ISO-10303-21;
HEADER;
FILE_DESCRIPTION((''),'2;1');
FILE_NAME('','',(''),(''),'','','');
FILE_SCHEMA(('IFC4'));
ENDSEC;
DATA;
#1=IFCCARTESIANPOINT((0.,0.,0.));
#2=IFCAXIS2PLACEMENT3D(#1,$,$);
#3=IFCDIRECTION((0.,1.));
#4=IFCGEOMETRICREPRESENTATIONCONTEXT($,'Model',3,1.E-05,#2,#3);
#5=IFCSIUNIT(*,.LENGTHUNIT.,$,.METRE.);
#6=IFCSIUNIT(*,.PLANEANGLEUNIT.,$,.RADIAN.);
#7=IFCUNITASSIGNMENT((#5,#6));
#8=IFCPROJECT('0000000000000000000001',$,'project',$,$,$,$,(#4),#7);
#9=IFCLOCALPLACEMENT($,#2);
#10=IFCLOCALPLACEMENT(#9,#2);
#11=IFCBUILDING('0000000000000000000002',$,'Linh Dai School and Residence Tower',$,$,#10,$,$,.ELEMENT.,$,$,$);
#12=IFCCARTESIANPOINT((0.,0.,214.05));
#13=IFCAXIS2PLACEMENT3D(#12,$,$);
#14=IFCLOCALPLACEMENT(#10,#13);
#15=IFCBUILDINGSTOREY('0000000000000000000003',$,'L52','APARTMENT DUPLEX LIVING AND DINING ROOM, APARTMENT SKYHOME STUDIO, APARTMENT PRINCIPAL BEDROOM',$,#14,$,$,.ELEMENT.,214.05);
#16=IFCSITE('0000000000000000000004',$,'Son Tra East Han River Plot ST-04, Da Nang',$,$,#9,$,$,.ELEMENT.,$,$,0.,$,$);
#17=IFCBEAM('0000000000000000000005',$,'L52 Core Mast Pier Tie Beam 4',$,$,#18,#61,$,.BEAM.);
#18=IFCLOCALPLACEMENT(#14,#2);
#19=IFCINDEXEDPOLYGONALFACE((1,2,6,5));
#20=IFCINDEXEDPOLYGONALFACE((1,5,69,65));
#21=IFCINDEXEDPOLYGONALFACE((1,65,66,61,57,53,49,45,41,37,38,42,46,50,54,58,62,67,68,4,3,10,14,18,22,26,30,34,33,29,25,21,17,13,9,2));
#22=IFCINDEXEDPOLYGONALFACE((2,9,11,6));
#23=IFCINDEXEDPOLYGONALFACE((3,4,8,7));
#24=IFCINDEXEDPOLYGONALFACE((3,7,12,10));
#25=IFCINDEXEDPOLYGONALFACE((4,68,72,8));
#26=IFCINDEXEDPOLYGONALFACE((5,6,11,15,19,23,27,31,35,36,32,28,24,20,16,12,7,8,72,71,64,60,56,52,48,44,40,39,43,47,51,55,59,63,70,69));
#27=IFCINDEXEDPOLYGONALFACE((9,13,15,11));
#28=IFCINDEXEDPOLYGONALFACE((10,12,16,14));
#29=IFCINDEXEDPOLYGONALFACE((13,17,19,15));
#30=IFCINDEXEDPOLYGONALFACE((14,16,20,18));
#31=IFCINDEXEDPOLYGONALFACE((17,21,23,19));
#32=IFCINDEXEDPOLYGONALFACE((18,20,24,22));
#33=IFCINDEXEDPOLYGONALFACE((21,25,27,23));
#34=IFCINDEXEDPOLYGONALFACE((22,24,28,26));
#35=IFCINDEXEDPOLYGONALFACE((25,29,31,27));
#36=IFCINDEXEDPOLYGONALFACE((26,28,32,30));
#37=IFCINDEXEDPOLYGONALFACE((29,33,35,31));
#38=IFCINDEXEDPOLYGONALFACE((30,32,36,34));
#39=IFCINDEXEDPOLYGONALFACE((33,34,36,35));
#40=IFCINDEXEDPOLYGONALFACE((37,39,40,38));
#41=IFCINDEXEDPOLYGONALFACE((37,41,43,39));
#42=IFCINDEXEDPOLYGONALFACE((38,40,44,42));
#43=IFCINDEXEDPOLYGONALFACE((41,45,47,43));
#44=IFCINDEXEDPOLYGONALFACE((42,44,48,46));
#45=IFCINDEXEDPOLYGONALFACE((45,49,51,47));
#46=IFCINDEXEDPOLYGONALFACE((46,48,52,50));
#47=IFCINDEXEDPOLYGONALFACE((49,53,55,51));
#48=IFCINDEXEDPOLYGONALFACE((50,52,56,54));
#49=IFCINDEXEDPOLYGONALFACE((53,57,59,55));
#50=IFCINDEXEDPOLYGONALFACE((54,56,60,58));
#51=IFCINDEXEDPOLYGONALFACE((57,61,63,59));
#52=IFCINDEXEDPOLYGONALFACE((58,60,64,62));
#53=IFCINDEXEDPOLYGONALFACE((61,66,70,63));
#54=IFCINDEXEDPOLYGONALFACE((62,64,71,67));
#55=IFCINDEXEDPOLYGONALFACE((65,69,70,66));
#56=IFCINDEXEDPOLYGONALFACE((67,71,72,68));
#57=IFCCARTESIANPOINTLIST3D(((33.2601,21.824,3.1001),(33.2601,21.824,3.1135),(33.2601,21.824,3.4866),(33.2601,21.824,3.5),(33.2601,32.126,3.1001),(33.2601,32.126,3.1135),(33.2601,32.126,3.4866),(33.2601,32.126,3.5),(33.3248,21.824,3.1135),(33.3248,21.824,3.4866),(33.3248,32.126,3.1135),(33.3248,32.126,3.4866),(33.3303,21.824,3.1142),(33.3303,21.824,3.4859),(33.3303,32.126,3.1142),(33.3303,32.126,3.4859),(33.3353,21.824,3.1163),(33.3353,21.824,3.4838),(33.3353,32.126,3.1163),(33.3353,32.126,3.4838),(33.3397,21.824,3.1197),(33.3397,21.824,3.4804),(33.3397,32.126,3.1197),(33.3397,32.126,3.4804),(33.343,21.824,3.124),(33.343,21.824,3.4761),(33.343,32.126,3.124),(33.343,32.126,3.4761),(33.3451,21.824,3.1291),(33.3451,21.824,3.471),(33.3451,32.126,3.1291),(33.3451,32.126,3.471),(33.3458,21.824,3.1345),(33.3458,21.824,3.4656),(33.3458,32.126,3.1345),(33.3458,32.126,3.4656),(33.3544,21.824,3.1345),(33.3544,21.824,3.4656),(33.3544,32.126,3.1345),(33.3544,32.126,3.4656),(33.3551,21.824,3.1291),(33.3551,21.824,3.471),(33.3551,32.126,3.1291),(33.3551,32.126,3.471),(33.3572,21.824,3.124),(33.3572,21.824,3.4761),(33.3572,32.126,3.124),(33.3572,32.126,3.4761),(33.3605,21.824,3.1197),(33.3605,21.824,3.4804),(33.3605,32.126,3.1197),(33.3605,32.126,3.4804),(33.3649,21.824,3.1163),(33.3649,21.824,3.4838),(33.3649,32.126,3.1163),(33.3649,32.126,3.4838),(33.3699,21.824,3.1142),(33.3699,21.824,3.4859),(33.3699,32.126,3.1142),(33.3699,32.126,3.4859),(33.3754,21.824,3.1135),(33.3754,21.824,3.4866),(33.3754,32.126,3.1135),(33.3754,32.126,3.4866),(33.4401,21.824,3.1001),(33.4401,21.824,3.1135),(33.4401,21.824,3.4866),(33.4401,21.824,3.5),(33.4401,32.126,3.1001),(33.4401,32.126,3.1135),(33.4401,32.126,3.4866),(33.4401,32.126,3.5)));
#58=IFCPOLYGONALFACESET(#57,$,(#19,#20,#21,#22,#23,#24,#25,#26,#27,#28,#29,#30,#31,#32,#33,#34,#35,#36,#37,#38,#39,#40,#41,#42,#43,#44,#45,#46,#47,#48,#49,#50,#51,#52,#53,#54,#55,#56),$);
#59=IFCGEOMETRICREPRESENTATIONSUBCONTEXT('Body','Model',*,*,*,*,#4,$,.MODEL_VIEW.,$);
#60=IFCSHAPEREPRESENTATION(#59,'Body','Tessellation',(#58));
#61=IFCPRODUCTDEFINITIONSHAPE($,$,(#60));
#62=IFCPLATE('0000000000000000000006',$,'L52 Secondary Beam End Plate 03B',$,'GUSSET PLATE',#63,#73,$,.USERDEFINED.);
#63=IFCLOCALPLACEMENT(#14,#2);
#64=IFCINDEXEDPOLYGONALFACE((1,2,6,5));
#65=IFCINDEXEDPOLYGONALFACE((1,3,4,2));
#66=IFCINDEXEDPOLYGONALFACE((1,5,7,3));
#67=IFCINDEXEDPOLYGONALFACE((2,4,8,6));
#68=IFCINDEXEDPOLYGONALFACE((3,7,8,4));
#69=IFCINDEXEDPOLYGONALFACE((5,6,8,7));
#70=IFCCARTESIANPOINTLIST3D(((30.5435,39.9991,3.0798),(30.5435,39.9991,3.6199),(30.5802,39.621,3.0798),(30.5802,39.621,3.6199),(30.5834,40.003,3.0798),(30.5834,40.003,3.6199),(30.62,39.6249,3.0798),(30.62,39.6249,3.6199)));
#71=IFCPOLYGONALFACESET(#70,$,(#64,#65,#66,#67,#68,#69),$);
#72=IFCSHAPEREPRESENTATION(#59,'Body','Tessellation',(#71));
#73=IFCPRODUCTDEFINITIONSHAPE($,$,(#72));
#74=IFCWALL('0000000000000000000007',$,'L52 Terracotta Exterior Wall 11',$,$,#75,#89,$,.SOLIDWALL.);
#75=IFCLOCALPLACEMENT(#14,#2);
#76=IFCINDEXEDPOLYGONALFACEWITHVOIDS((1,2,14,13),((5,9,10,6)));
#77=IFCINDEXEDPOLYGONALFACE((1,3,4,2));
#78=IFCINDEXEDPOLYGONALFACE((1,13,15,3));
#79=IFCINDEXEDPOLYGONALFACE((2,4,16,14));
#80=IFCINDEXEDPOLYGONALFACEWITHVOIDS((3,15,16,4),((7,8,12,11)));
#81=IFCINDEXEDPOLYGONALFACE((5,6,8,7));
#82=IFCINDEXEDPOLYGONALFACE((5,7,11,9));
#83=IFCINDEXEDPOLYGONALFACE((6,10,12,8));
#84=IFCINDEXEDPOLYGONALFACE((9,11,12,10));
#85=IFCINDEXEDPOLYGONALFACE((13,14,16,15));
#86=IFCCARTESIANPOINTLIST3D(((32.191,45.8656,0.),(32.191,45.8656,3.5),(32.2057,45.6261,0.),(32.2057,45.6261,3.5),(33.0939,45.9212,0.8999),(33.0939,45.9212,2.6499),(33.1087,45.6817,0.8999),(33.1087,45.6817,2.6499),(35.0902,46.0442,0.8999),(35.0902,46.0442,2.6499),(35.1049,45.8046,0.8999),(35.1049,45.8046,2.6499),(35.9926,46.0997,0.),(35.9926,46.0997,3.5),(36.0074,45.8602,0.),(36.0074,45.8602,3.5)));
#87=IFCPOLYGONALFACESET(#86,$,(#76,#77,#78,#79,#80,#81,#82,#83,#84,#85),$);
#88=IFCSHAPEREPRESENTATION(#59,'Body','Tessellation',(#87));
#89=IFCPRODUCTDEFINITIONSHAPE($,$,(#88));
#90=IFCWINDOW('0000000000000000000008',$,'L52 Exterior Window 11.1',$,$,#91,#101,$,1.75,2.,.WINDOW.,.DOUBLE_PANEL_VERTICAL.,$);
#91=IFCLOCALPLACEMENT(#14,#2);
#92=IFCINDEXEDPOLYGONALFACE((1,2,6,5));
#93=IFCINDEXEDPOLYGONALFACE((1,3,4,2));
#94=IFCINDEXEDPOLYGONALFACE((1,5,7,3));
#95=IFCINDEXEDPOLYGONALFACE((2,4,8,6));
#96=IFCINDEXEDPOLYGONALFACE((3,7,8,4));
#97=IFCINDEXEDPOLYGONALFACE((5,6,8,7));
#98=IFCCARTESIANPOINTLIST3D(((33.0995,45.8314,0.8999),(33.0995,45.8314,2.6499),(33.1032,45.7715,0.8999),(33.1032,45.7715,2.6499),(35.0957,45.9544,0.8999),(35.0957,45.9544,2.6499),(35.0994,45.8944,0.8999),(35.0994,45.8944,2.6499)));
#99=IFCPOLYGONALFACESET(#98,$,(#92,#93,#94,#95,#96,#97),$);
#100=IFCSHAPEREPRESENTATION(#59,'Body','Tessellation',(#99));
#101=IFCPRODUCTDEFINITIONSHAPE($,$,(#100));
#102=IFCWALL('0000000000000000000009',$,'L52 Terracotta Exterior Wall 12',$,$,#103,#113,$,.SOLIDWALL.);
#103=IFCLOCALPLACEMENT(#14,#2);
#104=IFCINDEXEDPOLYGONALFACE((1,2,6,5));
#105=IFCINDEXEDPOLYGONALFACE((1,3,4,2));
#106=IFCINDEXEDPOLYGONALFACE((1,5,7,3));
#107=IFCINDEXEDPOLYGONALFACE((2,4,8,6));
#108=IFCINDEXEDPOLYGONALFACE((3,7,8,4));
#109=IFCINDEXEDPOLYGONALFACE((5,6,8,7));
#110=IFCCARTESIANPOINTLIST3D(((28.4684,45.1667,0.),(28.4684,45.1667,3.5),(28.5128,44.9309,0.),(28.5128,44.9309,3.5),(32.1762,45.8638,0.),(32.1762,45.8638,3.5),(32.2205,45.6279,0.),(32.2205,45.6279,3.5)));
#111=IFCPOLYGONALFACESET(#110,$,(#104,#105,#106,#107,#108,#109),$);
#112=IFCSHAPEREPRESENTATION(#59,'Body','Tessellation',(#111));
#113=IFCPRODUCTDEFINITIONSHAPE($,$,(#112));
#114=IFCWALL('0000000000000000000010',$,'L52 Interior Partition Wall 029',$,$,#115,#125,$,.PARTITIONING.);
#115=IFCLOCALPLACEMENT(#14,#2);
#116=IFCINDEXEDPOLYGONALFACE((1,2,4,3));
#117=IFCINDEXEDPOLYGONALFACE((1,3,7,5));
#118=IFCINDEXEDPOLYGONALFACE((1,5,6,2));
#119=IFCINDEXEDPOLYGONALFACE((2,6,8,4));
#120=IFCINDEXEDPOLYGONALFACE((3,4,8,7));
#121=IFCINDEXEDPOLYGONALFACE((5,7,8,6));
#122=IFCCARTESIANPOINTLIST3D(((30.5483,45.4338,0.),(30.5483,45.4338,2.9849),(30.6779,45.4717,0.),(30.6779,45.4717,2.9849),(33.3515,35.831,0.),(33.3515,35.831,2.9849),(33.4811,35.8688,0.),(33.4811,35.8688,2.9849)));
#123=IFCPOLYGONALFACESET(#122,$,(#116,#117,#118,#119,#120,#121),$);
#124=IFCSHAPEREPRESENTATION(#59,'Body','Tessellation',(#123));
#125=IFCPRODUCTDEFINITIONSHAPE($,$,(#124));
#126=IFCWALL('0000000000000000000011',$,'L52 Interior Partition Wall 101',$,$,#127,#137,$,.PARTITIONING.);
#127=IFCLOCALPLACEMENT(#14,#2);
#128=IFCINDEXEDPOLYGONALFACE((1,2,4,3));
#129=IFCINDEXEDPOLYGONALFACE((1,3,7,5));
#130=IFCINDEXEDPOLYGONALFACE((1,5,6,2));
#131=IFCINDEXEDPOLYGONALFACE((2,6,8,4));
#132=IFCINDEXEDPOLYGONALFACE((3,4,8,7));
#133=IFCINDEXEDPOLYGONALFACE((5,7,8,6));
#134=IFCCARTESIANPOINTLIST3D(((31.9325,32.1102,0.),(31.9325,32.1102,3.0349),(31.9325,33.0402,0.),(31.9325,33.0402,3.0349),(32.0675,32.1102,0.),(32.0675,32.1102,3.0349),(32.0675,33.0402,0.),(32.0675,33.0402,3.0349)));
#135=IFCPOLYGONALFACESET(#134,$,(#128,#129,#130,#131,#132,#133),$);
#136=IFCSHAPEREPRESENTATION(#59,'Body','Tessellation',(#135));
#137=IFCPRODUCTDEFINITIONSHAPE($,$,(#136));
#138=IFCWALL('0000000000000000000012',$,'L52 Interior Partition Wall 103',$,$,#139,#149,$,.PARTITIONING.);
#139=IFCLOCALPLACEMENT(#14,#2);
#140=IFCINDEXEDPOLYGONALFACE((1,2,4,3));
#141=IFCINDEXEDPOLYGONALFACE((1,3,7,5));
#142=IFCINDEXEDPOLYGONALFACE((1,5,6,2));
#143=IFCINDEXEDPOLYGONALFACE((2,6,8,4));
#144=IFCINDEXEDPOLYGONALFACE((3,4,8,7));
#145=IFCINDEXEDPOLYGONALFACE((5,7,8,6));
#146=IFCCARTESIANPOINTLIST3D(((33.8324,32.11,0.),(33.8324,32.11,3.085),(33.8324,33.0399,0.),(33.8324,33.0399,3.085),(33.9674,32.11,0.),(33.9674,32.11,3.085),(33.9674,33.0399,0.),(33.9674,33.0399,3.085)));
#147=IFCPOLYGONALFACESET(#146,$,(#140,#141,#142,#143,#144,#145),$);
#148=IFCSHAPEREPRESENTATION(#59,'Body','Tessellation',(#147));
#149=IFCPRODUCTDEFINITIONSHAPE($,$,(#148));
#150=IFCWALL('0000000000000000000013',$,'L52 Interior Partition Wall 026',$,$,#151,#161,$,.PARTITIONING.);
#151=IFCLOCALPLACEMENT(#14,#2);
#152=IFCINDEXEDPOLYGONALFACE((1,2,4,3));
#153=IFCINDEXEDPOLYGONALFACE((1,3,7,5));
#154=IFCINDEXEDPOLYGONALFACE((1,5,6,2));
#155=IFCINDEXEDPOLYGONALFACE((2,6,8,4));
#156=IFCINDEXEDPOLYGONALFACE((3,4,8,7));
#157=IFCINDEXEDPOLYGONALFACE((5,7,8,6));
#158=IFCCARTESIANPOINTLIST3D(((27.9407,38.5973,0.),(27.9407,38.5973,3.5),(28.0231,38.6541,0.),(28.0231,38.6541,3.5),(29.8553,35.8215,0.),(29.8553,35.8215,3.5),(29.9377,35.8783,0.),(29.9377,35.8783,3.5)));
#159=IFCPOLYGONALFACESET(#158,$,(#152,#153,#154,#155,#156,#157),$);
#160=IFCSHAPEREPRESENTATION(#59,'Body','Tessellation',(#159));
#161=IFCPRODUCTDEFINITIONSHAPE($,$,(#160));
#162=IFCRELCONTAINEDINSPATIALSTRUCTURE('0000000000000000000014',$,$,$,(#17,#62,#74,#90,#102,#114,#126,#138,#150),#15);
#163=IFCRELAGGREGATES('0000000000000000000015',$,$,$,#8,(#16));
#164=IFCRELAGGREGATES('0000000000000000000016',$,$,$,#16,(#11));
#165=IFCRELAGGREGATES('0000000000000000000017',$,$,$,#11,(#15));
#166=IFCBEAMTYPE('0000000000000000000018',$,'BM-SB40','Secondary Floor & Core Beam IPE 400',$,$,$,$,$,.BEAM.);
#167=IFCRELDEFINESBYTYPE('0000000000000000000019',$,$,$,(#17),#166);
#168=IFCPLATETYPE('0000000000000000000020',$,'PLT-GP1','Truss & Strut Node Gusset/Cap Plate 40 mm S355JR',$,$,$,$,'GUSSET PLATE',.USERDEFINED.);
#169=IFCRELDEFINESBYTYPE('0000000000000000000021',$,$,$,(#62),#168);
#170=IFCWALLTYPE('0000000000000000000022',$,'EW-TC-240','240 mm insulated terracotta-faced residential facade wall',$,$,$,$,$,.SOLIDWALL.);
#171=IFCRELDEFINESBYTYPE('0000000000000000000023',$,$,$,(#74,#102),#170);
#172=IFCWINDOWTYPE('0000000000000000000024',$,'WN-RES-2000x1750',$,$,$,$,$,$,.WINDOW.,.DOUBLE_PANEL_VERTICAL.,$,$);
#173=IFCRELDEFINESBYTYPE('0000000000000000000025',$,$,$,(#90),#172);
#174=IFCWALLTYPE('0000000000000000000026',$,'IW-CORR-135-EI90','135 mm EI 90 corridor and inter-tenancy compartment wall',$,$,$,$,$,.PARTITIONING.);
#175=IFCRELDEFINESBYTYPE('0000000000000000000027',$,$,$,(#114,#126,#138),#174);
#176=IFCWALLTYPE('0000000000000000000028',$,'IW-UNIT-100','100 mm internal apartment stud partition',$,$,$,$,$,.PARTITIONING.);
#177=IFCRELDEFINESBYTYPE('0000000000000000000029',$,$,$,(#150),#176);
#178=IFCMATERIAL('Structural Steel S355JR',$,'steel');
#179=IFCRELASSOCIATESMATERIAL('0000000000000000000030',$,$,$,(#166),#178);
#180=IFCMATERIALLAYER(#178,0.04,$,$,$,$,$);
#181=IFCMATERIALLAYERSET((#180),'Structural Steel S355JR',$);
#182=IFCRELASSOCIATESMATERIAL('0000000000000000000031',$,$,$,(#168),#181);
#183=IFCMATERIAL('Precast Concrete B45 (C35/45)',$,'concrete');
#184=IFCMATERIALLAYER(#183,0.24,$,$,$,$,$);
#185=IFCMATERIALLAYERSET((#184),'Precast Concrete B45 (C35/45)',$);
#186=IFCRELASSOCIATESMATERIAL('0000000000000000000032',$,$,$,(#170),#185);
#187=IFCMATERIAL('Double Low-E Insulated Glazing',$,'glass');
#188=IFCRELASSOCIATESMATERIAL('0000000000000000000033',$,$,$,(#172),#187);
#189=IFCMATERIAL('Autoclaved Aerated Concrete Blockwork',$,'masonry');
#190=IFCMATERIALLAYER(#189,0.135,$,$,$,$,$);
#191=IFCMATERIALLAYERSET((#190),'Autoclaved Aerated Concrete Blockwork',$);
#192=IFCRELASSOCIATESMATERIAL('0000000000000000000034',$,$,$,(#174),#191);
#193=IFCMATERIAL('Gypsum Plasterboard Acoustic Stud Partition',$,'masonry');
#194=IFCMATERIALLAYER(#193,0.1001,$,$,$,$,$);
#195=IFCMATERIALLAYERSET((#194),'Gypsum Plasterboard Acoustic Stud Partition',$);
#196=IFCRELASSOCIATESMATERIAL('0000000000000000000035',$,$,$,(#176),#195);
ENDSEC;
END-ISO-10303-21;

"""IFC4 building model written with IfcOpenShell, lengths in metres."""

from ifc_helpers import new_model, si_unit, direction, frame, frame_2d, origin, origin_2d, place, context, subcontext, project, spatial, rectangle, i_section, extrude, source, transform, mapped, material, layer, layer_set, material_profile, profile_set, type_object, element, fill, save


model = new_model("IFC4")

# Units and contexts
model_context = context("Model", 3, precision=1e-05, world=origin(), true_north=direction((0.0, 1.0)))
body_context = subcontext(model_context, "Body", "Model", "MODEL_VIEW")
ifc_project = project(units=[si_unit("LENGTHUNIT", "METRE"), si_unit("PLANEANGLEUNIT", "RADIAN")], contexts=[model_context])

# Site, building, storey
site_placement = place(None, origin())
site = spatial("IfcSite", under=ifc_project, at=site_placement, Name="Son Tra East Han River Plot ST-04, Da Nang", CompositionType="ELEMENT", RefElevation=0.0)
building_placement = place(site_placement, origin())
building = spatial("IfcBuilding", under=site, at=building_placement, Name="Linh Dai School and Residence Tower", CompositionType="ELEMENT")
storey_placement = place(building_placement, frame((0.0, 0.0, 214.05)))
storey = spatial("IfcBuildingStorey", under=building, at=storey_placement, Name="L52", Description="APARTMENT DUPLEX LIVING AND DINING ROOM, APARTMENT SKYHOME STUDIO, APARTMENT PRINCIPAL BEDROOM", CompositionType="ELEMENT", Elevation=214.05)

# Shared definitions
ifc_material_1 = material(Name="Structural Steel S355JR", Category="steel")

# Beam
ifc_material_profile_1 = material_profile(ifc_material_1, i_section(OverallWidth=0.1799, OverallDepth=0.3999, WebThickness=0.0085, FlangeThickness=0.0134, FilletRadius=0.021, at=origin_2d()), Name="IPE 400")
ifc_profile_set_1 = profile_set([ifc_material_profile_1], Name="Structural Steel S355JR")
beam_type_1 = type_object("IfcBeamType", Name="BM-SB40", Description="Secondary Floor & Core Beam IPE 400", PredefinedType="BEAM", material=ifc_profile_set_1)
beam_1_placement = place(storey_placement, frame((33.3501, 32.126, 3.3), z_axis=(0.0, -1.0, 0.0), x_axis=(1.0, 0.0, 0.0)))
element("IfcBeam", 1, at=beam_1_placement, inside=storey, type_object=beam_type_1, Name="L52 Core Mast Pier Tie Beam 4", PredefinedType="BEAM", context=body_context, shape_type="SweptSolid", body=[
    extrude(i_section(OverallWidth=0.1799, OverallDepth=0.3999, WebThickness=0.0085, FlangeThickness=0.0134, FilletRadius=0.021, at=origin_2d()), origin(), (0.0, 0.0, 1.0), 10.302),
])

# Plate
ifc_layer_1 = layer(ifc_material_1, 0.04)
ifc_layer_set_1 = layer_set([ifc_layer_1], Name="Structural Steel S355JR")
plate_type = type_object("IfcPlateType", Name="PLT-GP1", Description="Truss & Strut Node Gusset/Cap Plate 40 mm S355JR", ElementType="GUSSET PLATE", PredefinedType="USERDEFINED", material=ifc_layer_set_1)
shared_shape_1 = source(origin(), body_context, "Body", "SweptSolid", [
    extrude(rectangle(XDim=0.04, YDim=0.3799, at=origin_2d()), origin(), (0.0, 0.0, 1.0), 0.54),
])
plate_placement = place(storey_placement, frame((30.5818, 39.812, 3.0798), z_axis=(0.0, 0.0, 1.0), x_axis=(-0.995333, -0.096497, 0.0)))
element("IfcPlate", 2, at=plate_placement, inside=storey, type_object=plate_type, Name="L52 Secondary Beam End Plate 03B", ObjectType="GUSSET PLATE", PredefinedType="USERDEFINED", context=body_context, shape_type="MappedRepresentation", body=[
    mapped(shared_shape_1, transform((0.0, 0.0, 0.0), x_axis=(1.0, 0.0, 0.0), y_axis=(0.0, 1.0, 0.0), z_axis=(0.0, 0.0, 1.0), scale=1.0)),
])

# Wall, opening, window
ifc_material_2 = material(Name="Precast Concrete B45 (C35/45)", Category="concrete")
ifc_layer_2 = layer(ifc_material_2, 0.24)
ifc_layer_set_2 = layer_set([ifc_layer_2], Name="Precast Concrete B45 (C35/45)")
wall_type_1 = type_object("IfcWallType", Name="EW-TC-240", Description="240 mm insulated terracotta-faced residential facade wall", PredefinedType="SOLIDWALL", material=ifc_layer_set_2)
wall_1_placement = place(storey_placement, frame((32.1985, 45.7458, 0.0), z_axis=(0.0, 0.0, 1.0), x_axis=(0.998109, 0.061472, 0.0)))
wall_1 = element("IfcWall", 3, at=wall_1_placement, inside=storey, type_object=wall_type_1, Name="L52 Terracotta Exterior Wall 11", PredefinedType="SOLIDWALL", context=body_context, shape_type="SweptSolid", body=[
    extrude(rectangle(XDim=3.8088, YDim=0.24, at=frame_2d((1.9043, 0.0))), origin(), (0.0, 0.0, 1.0), 3.5),
])
opening_1_placement = place(wall_1_placement, frame((0.9045, 0.0, 0.8999)))
opening_1 = element("IfcOpeningElement", 4, at=opening_1_placement, cuts=wall_1, PredefinedType="OPENING", context=body_context, shape_type="SweptSolid", body=[
    extrude(rectangle(XDim=2.0, YDim=1.75, at=origin_2d()), frame((1.0, 0.1299, 0.875), z_axis=(0.0, -1.0, 0.0), x_axis=(1.0, 0.0, 0.0)), (0.0, 0.0, 1.0), 0.26),
])
ifc_material_3 = material(Name="Double Low-E Insulated Glazing", Category="glass")
window_type = type_object("IfcWindowType", Name="WN-RES-2000x1750", PartitioningType="DOUBLE_PANEL_VERTICAL", PredefinedType="WINDOW", material=ifc_material_3)
shared_shape_2 = source(origin(), body_context, "Body", "SweptSolid", [
    extrude(rectangle(XDim=2.0, YDim=1.75, at=origin_2d()), frame((1.0, 0.03, 0.875), z_axis=(0.0, -1.0, 0.0), x_axis=(1.0, 0.0, 0.0)), (0.0, 0.0, 1.0), 0.0601),
])
window_placement = place(opening_1_placement, origin())
window = element("IfcWindow", 5, at=window_placement, inside=storey, type_object=window_type, Name="L52 Exterior Window 11.1", OverallHeight=1.75, OverallWidth=2.0, PartitioningType="DOUBLE_PANEL_VERTICAL", PredefinedType="WINDOW", context=body_context, shape_type="MappedRepresentation", body=[
    mapped(shared_shape_2, transform((0.0, 0.0, 0.0), x_axis=(1.0, 0.0, 0.0), y_axis=(0.0, 1.0, 0.0), z_axis=(0.0, 0.0, 1.0), scale=1.0)),
])
fill(opening_1, window)

# Walls
wall_2_placement = place(storey_placement, frame((28.4907, 45.0488, 0.0), z_axis=(0.0, 0.0, 1.0), x_axis=(0.982785, 0.184753, 0.0)))
element("IfcWall", 6, at=wall_2_placement, inside=storey, type_object=wall_type_1, Name="L52 Terracotta Exterior Wall 12", PredefinedType="SOLIDWALL", context=body_context, shape_type="SweptSolid", body=[
    extrude(rectangle(XDim=3.7727, YDim=0.24, at=frame_2d((1.8862, 0.0))), origin(), (0.0, 0.0, 1.0), 3.5),
])
ifc_material_4 = material(Name="Autoclaved Aerated Concrete Blockwork", Category="masonry")
ifc_layer_3 = layer(ifc_material_4, 0.135)
ifc_layer_set_3 = layer_set([ifc_layer_3], Name="Autoclaved Aerated Concrete Blockwork")
wall_type_2 = type_object("IfcWallType", Name="IW-CORR-135-EI90", Description="135 mm EI 90 corridor and inter-tenancy compartment wall", PredefinedType="PARTITIONING", material=ifc_layer_set_3)
wall_3_placement = place(storey_placement, frame((30.613, 45.4529, 0.0), z_axis=(0.0, 0.0, 1.0), x_axis=(0.280222, -0.959935, 0.0)))
element("IfcWall", 7, at=wall_3_placement, inside=storey, type_object=wall_type_2, Name="L52 Interior Partition Wall 029", PredefinedType="PARTITIONING", context=body_context, shape_type="SweptSolid", body=[
    extrude(rectangle(XDim=10.0037, YDim=0.135, at=frame_2d((5.002, 0.0))), origin(), (0.0, 0.0, 1.0), 2.9849),
])
wall_4_placement = place(storey_placement, frame((32.0, 33.04, 0.0), z_axis=(0.0, 0.0, 1.0), x_axis=(0.0, -1.0, 0.0)))
element("IfcWall", 8, at=wall_4_placement, inside=storey, type_object=wall_type_2, Name="L52 Interior Partition Wall 101", PredefinedType="PARTITIONING", context=body_context, shape_type="SweptSolid", body=[
    extrude(rectangle(XDim=0.9299, YDim=0.135, at=frame_2d((0.4648, 0.0))), origin(), (0.0, 0.0, 1.0), 3.0349),
])
wall_5_placement = place(storey_placement, frame((33.8999, 32.1101, 0.0), z_axis=(0.0, 0.0, 1.0), x_axis=(0.0, 1.0, 0.0)))
element("IfcWall", 9, at=wall_5_placement, inside=storey, type_object=wall_type_2, Name="L52 Interior Partition Wall 103", PredefinedType="PARTITIONING", context=body_context, shape_type="SweptSolid", body=[
    extrude(rectangle(XDim=0.9299, YDim=0.135, at=frame_2d((0.4648, 0.0))), origin(), (0.0, 0.0, 1.0), 3.085),
])
ifc_material_5 = material(Name="Gypsum Plasterboard Acoustic Stud Partition", Category="masonry")
ifc_layer_4 = layer(ifc_material_5, 0.1001)
ifc_layer_set_4 = layer_set([ifc_layer_4], Name="Gypsum Plasterboard Acoustic Stud Partition")
wall_type_3 = type_object("IfcWallType", Name="IW-UNIT-100", Description="100 mm internal apartment stud partition", PredefinedType="PARTITIONING", material=ifc_layer_set_4)
wall_6_placement = place(storey_placement, frame((27.9819, 38.6257, 0.0), z_axis=(0.0, 0.0, 1.0), x_axis=(0.567763, -0.823192, 0.0)))
element("IfcWall", 10, at=wall_6_placement, inside=storey, type_object=wall_type_3, Name="L52 Interior Partition Wall 026", PredefinedType="PARTITIONING", context=body_context, shape_type="SweptSolid", body=[
    extrude(rectangle(XDim=3.3721, YDim=0.1001, at=frame_2d((1.686, 0.0))), origin(), (0.0, 0.0, 1.0), 3.5),
])

save(model, "model.ifc")
